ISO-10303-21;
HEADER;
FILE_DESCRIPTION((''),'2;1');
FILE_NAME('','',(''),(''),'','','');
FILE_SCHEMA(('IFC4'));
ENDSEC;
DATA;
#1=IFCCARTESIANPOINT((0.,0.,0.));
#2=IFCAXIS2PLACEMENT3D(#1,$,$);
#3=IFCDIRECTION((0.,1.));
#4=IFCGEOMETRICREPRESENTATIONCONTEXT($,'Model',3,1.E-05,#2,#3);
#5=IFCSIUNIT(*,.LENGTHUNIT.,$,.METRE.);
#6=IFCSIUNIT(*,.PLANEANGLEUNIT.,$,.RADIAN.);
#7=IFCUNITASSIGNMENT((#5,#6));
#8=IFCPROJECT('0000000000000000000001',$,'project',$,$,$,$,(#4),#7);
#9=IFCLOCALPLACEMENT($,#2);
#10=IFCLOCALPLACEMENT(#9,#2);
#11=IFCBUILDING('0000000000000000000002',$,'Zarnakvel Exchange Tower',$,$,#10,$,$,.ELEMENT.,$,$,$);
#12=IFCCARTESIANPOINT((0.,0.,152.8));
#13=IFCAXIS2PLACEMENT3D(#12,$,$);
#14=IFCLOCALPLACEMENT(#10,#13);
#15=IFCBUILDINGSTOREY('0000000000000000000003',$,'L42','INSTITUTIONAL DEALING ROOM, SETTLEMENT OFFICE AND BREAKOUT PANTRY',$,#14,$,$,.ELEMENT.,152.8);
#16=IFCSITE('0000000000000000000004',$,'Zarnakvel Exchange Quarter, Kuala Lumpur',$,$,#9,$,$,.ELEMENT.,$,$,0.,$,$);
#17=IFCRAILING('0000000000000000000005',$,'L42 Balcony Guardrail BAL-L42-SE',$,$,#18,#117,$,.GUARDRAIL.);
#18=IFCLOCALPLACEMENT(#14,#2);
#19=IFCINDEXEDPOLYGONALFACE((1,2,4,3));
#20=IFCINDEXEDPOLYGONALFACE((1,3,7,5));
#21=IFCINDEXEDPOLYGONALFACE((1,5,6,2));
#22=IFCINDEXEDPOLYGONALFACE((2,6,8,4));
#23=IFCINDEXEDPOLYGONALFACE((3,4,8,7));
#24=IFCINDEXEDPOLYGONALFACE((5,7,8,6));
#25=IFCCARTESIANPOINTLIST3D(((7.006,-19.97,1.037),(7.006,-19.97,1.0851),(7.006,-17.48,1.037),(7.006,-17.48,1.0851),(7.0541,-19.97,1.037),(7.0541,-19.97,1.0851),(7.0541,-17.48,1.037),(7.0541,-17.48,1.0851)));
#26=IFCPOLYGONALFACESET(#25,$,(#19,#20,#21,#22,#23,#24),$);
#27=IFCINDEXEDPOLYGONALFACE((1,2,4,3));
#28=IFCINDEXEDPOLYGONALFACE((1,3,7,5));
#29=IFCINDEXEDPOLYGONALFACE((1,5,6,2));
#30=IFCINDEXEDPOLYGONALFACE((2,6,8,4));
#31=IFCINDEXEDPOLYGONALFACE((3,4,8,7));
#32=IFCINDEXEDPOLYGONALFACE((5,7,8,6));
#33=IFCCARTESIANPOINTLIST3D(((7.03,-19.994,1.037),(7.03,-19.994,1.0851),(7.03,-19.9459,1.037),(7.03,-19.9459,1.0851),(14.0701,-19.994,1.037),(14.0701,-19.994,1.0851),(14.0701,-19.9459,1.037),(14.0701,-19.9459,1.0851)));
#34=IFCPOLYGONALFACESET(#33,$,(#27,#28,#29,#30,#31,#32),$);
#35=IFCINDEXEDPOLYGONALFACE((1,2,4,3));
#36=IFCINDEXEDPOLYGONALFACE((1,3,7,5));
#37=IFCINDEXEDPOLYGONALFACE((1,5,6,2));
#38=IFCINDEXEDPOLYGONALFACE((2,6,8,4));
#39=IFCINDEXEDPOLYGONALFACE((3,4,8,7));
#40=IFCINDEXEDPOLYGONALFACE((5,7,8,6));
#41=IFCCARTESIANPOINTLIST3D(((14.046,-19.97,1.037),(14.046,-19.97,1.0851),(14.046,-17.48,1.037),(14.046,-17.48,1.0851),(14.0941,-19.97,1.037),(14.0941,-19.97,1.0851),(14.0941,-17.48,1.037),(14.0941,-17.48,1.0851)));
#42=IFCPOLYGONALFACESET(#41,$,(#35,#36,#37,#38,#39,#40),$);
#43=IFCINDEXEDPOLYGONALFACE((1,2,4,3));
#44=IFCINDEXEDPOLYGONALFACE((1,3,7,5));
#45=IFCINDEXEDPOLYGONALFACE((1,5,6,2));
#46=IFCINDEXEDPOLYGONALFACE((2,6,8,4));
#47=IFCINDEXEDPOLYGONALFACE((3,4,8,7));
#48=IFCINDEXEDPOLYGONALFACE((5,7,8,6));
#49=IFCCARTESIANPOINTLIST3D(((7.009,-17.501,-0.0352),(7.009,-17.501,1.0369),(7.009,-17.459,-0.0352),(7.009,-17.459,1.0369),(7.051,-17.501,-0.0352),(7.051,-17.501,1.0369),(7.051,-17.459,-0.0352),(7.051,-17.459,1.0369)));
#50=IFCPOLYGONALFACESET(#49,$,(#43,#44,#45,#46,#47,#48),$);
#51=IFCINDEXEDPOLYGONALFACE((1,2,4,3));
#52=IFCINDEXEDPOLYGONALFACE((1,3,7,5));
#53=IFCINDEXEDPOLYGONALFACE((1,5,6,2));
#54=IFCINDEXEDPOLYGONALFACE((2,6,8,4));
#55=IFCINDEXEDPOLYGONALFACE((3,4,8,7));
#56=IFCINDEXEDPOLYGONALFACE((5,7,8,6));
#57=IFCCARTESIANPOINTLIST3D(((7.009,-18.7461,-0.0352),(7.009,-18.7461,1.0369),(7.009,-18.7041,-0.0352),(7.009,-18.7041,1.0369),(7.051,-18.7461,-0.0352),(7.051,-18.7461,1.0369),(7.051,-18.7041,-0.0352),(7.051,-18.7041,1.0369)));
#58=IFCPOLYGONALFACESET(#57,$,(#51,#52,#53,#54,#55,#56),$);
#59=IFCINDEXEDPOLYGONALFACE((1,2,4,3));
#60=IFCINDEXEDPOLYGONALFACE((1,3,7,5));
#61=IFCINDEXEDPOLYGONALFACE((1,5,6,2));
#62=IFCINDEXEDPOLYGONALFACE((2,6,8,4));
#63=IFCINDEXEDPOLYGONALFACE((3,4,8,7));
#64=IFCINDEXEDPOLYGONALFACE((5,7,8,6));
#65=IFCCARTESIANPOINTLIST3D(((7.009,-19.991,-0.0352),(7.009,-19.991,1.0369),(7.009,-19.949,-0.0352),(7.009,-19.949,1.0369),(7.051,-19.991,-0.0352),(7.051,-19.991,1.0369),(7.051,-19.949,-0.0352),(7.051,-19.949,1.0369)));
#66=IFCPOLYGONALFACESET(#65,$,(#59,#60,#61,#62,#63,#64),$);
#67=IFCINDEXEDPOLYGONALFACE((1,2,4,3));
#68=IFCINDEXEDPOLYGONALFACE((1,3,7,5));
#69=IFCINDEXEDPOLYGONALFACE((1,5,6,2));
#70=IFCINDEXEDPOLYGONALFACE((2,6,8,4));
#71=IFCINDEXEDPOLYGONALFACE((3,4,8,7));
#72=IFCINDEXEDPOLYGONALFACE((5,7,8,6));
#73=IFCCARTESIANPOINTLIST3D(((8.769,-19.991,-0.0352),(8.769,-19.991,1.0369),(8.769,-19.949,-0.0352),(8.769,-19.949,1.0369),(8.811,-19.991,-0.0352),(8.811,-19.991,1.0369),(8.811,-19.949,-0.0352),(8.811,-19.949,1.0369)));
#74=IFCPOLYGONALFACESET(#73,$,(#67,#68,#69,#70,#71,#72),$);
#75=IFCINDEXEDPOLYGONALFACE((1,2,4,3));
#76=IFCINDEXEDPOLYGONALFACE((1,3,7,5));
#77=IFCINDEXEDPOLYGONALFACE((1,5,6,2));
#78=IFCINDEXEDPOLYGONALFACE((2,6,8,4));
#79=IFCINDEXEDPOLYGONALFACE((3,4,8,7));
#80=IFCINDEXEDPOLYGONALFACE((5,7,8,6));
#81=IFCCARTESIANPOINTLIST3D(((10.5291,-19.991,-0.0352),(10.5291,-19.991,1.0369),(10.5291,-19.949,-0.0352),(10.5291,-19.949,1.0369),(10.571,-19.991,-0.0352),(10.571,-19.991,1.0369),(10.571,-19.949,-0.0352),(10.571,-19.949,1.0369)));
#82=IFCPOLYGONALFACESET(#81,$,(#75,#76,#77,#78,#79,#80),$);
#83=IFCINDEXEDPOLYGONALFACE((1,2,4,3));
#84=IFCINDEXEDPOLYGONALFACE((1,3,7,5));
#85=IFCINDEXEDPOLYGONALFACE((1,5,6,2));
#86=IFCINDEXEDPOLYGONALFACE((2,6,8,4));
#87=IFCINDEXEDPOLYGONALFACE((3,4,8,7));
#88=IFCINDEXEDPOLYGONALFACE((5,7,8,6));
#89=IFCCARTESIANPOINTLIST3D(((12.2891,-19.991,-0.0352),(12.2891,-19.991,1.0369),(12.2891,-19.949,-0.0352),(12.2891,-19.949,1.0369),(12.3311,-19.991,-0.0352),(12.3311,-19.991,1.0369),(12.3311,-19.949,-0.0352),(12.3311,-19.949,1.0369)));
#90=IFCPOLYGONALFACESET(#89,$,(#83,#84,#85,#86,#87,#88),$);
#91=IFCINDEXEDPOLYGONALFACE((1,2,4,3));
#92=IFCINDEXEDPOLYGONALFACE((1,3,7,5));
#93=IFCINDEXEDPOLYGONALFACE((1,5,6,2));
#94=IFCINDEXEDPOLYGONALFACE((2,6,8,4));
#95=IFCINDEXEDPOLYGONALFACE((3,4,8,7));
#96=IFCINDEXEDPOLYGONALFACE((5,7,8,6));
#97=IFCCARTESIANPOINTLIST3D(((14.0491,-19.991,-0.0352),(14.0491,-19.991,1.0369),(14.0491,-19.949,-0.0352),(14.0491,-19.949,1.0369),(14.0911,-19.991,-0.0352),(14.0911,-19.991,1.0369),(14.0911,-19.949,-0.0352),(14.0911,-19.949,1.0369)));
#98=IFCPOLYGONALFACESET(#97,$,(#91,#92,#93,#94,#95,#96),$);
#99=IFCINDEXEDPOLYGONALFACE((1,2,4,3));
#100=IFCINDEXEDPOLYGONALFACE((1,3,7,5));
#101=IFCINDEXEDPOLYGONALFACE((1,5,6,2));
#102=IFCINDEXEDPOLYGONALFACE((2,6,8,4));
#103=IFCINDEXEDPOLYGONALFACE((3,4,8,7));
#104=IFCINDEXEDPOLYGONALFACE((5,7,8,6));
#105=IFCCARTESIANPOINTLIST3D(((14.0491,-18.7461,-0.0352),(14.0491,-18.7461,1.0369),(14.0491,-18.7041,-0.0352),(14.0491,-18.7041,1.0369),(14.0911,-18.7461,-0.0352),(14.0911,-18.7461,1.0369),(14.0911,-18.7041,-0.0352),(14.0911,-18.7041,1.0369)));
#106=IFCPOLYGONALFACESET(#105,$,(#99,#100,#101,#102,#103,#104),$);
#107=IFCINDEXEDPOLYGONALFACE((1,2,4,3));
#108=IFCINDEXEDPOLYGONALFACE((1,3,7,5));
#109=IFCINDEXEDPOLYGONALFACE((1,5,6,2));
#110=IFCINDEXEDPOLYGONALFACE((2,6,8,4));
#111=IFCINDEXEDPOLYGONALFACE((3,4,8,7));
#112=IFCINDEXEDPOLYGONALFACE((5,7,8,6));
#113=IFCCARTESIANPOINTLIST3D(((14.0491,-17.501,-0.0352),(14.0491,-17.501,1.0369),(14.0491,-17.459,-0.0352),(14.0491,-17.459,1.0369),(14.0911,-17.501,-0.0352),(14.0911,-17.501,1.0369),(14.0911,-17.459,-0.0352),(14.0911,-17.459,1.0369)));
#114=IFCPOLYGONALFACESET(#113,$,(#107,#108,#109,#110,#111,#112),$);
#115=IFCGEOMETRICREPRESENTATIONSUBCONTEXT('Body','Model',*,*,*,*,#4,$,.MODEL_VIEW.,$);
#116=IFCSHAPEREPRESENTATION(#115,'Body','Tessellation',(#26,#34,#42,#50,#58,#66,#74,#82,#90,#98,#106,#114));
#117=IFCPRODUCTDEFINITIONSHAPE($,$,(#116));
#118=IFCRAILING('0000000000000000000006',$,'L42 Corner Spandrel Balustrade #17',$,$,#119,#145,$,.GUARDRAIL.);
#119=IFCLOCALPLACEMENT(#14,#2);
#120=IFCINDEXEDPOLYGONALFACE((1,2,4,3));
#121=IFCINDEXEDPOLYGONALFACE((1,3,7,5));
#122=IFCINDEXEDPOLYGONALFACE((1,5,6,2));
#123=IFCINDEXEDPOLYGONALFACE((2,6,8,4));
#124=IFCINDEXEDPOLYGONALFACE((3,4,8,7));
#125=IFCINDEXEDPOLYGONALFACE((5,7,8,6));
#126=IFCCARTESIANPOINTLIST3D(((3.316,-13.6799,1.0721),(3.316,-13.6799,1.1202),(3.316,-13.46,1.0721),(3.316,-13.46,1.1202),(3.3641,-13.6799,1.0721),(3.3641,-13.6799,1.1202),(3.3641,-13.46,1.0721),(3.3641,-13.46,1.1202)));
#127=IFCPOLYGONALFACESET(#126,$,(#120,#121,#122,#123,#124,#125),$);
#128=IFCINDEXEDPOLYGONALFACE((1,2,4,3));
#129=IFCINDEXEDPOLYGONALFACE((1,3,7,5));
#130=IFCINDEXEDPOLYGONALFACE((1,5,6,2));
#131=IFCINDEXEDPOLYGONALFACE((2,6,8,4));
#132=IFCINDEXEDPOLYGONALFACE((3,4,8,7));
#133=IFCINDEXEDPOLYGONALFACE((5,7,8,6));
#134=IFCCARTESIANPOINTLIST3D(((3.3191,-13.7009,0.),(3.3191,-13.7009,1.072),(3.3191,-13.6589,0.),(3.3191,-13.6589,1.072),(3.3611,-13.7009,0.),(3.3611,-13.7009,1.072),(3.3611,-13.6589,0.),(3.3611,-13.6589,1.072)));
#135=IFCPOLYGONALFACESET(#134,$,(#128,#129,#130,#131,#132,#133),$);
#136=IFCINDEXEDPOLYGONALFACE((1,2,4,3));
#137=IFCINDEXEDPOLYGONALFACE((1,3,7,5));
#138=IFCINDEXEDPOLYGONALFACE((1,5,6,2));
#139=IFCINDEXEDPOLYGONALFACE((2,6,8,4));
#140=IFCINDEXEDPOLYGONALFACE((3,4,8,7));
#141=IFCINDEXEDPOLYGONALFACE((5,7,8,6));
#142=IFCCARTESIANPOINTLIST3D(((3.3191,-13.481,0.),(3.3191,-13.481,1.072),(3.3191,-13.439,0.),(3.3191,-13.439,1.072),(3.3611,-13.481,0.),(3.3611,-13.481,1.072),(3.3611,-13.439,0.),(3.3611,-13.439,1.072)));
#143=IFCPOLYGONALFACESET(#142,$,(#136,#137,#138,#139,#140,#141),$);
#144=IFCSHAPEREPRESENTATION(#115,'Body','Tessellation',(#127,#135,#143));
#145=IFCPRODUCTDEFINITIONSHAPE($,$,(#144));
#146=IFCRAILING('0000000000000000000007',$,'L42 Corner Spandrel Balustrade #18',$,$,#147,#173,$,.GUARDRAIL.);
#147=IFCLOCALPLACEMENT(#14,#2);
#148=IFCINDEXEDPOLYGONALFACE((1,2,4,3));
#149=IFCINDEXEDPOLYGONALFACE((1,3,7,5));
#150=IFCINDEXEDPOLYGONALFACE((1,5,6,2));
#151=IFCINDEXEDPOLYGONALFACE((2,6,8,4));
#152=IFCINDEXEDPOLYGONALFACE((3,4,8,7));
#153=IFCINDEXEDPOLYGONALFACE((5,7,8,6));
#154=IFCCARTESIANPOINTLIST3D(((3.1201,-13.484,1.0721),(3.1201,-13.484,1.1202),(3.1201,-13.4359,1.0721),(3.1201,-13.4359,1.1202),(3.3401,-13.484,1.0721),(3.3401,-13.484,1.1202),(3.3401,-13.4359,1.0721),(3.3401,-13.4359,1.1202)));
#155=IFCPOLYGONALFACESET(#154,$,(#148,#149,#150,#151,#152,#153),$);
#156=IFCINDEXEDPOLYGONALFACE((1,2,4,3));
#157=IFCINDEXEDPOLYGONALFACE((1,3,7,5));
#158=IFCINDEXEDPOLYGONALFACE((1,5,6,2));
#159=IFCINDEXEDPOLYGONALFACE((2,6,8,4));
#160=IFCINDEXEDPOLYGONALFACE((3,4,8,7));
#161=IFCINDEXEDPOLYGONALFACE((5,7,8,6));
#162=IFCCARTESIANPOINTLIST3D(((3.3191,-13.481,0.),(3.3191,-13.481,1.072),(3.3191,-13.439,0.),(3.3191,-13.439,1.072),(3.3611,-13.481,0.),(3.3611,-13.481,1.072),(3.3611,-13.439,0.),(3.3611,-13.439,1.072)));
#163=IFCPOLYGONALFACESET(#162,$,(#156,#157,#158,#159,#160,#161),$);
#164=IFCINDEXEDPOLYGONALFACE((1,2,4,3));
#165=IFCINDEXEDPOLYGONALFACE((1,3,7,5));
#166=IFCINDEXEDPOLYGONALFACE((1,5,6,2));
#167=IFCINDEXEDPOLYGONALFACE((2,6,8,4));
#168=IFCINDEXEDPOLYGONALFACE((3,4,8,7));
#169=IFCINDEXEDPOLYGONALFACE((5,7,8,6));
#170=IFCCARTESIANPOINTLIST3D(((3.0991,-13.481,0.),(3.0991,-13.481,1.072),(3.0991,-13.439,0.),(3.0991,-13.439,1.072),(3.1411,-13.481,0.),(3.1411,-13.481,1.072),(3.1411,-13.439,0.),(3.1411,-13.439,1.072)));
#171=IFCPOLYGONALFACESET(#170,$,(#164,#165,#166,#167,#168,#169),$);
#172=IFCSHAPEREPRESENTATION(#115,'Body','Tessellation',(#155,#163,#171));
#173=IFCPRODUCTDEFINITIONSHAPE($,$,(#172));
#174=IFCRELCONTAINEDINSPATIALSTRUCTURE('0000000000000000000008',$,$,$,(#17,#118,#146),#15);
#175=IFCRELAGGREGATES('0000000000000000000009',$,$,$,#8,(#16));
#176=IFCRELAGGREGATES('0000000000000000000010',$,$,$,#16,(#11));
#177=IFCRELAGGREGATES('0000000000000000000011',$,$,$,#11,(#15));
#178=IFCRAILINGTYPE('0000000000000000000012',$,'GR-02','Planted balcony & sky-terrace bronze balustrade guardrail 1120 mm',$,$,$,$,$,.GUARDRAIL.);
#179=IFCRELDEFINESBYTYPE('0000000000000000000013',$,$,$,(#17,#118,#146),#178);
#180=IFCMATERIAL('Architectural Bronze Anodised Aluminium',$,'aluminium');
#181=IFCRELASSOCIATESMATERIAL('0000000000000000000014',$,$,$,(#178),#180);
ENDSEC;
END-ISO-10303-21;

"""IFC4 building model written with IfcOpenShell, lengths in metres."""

from ifc_helpers import new_model, si_unit, direction, frame, origin, origin_2d, place, context, subcontext, project, spatial, rectangle, extrude, material, type_object, element, save


model = new_model("IFC4")

# Units and contexts
model_context = context("Model", 3, precision=1e-05, world=origin(), true_north=direction((0.0, 1.0)))
body_context = subcontext(model_context, "Body", "Model", "MODEL_VIEW")
ifc_project = project(units=[si_unit("LENGTHUNIT", "METRE"), si_unit("PLANEANGLEUNIT", "RADIAN")], contexts=[model_context])

# Site, building, storey
site_placement = place(None, origin())
site = spatial("IfcSite", under=ifc_project, at=site_placement, Name="Zarnakvel Exchange Quarter, Kuala Lumpur", CompositionType="ELEMENT", RefElevation=0.0)
building_placement = place(site_placement, origin())
building = spatial("IfcBuilding", under=site, at=building_placement, Name="Zarnakvel Exchange Tower", CompositionType="ELEMENT")
storey_placement = place(building_placement, frame((0.0, 0.0, 152.8)))
storey = spatial("IfcBuildingStorey", under=building, at=storey_placement, Name="L42", Description="INSTITUTIONAL DEALING ROOM, SETTLEMENT OFFICE AND BREAKOUT PANTRY", CompositionType="ELEMENT", Elevation=152.8)

# Shared definitions
ifc_material_1 = material(Name="Architectural Bronze Anodised Aluminium", Category="aluminium")

# Railings
railing_type = type_object("IfcRailingType", Name="GR-02", Description="Planted balcony & sky-terrace bronze balustrade guardrail 1120 mm", PredefinedType="GUARDRAIL", material=ifc_material_1)
railing_1_placement = place(storey_placement, frame((7.03, -17.48, -0.0352)))
element("IfcRailing", 1, at=railing_1_placement, inside=storey, type_object=railing_type, Name="L42 Balcony Guardrail BAL-L42-SE", PredefinedType="GUARDRAIL", context=body_context, shape_type="SweptSolid", body=[
    extrude(rectangle(XDim=0.0481, YDim=0.0481, at=origin_2d()), frame((0.0, 0.0, 1.0962), z_axis=(0.0, -1.0, 0.0), x_axis=(1.0, 0.0, 0.0)), (0.0, 0.0, 1.0), 2.49),
    extrude(rectangle(XDim=0.0481, YDim=0.0481, at=origin_2d()), frame((0.0, -2.49, 1.0962), z_axis=(1.0, 0.0, 0.0), x_axis=(0.0, 1.0, 0.0)), (0.0, 0.0, 1.0), 7.04),
    extrude(rectangle(XDim=0.0481, YDim=0.0481, at=origin_2d()), frame((7.04, -2.49, 1.0962), z_axis=(0.0, 1.0, 0.0), x_axis=(-1.0, 0.0, 0.0)), (0.0, 0.0, 1.0), 2.49),
    extrude(rectangle(XDim=0.042, YDim=0.042, at=origin_2d()), origin(), (0.0, 0.0, 1.0), 1.072),
    extrude(rectangle(XDim=0.042, YDim=0.042, at=origin_2d()), frame((0.0, -1.2451, 0.0)), (0.0, 0.0, 1.0), 1.072),
    extrude(rectangle(XDim=0.042, YDim=0.042, at=origin_2d()), frame((0.0, -2.49, 0.0)), (0.0, 0.0, 1.0), 1.072),
    extrude(rectangle(XDim=0.042, YDim=0.042, at=origin_2d()), frame((1.76, -2.49, 0.0)), (0.0, 0.0, 1.0), 1.072),
    extrude(rectangle(XDim=0.042, YDim=0.042, at=origin_2d()), frame((3.52, -2.49, 0.0)), (0.0, 0.0, 1.0), 1.072),
    extrude(rectangle(XDim=0.042, YDim=0.042, at=origin_2d()), frame((5.28, -2.49, 0.0)), (0.0, 0.0, 1.0), 1.072),
    extrude(rectangle(XDim=0.042, YDim=0.042, at=origin_2d()), frame((7.04, -2.49, 0.0)), (0.0, 0.0, 1.0), 1.072),
    extrude(rectangle(XDim=0.042, YDim=0.042, at=origin_2d()), frame((7.04, -1.2451, 0.0)), (0.0, 0.0, 1.0), 1.072),
    extrude(rectangle(XDim=0.042, YDim=0.042, at=origin_2d()), frame((7.04, 0.0, 0.0)), (0.0, 0.0, 1.0), 1.072),
])
railing_2_placement = place(storey_placement, frame((3.3401, -13.6799, 0.0)))
element("IfcRailing", 2, at=railing_2_placement, inside=storey, type_object=railing_type, Name="L42 Corner Spandrel Balustrade #17", PredefinedType="GUARDRAIL", context=body_context, shape_type="SweptSolid", body=[
    extrude(rectangle(XDim=0.0481, YDim=0.0481, at=origin_2d()), frame((0.0, 0.0, 1.0962), z_axis=(0.0, 1.0, 0.0), x_axis=(-1.0, 0.0, 0.0)), (0.0, 0.0, 1.0), 0.22),
    extrude(rectangle(XDim=0.042, YDim=0.042, at=origin_2d()), origin(), (0.0, 0.0, 1.0), 1.072),
    extrude(rectangle(XDim=0.042, YDim=0.042, at=origin_2d()), frame((0.0, 0.22, 0.0)), (0.0, 0.0, 1.0), 1.072),
])
railing_3_placement = place(storey_placement, frame((3.3401, -13.46, 0.0)))
element("IfcRailing", 3, at=railing_3_placement, inside=storey, type_object=railing_type, Name="L42 Corner Spandrel Balustrade #18", PredefinedType="GUARDRAIL", context=body_context, shape_type="SweptSolid", body=[
    extrude(rectangle(XDim=0.0481, YDim=0.0481, at=origin_2d()), frame((0.0, 0.0, 1.0962), z_axis=(-1.0, 0.0, 0.0), x_axis=(0.0, -1.0, 0.0)), (0.0, 0.0, 1.0), 0.22),
    extrude(rectangle(XDim=0.042, YDim=0.042, at=origin_2d()), origin(), (0.0, 0.0, 1.0), 1.072),
    extrude(rectangle(XDim=0.042, YDim=0.042, at=origin_2d()), frame((-0.22, 0.0, 0.0)), (0.0, 0.0, 1.0), 1.072),
])

save(model, "model.ifc")
